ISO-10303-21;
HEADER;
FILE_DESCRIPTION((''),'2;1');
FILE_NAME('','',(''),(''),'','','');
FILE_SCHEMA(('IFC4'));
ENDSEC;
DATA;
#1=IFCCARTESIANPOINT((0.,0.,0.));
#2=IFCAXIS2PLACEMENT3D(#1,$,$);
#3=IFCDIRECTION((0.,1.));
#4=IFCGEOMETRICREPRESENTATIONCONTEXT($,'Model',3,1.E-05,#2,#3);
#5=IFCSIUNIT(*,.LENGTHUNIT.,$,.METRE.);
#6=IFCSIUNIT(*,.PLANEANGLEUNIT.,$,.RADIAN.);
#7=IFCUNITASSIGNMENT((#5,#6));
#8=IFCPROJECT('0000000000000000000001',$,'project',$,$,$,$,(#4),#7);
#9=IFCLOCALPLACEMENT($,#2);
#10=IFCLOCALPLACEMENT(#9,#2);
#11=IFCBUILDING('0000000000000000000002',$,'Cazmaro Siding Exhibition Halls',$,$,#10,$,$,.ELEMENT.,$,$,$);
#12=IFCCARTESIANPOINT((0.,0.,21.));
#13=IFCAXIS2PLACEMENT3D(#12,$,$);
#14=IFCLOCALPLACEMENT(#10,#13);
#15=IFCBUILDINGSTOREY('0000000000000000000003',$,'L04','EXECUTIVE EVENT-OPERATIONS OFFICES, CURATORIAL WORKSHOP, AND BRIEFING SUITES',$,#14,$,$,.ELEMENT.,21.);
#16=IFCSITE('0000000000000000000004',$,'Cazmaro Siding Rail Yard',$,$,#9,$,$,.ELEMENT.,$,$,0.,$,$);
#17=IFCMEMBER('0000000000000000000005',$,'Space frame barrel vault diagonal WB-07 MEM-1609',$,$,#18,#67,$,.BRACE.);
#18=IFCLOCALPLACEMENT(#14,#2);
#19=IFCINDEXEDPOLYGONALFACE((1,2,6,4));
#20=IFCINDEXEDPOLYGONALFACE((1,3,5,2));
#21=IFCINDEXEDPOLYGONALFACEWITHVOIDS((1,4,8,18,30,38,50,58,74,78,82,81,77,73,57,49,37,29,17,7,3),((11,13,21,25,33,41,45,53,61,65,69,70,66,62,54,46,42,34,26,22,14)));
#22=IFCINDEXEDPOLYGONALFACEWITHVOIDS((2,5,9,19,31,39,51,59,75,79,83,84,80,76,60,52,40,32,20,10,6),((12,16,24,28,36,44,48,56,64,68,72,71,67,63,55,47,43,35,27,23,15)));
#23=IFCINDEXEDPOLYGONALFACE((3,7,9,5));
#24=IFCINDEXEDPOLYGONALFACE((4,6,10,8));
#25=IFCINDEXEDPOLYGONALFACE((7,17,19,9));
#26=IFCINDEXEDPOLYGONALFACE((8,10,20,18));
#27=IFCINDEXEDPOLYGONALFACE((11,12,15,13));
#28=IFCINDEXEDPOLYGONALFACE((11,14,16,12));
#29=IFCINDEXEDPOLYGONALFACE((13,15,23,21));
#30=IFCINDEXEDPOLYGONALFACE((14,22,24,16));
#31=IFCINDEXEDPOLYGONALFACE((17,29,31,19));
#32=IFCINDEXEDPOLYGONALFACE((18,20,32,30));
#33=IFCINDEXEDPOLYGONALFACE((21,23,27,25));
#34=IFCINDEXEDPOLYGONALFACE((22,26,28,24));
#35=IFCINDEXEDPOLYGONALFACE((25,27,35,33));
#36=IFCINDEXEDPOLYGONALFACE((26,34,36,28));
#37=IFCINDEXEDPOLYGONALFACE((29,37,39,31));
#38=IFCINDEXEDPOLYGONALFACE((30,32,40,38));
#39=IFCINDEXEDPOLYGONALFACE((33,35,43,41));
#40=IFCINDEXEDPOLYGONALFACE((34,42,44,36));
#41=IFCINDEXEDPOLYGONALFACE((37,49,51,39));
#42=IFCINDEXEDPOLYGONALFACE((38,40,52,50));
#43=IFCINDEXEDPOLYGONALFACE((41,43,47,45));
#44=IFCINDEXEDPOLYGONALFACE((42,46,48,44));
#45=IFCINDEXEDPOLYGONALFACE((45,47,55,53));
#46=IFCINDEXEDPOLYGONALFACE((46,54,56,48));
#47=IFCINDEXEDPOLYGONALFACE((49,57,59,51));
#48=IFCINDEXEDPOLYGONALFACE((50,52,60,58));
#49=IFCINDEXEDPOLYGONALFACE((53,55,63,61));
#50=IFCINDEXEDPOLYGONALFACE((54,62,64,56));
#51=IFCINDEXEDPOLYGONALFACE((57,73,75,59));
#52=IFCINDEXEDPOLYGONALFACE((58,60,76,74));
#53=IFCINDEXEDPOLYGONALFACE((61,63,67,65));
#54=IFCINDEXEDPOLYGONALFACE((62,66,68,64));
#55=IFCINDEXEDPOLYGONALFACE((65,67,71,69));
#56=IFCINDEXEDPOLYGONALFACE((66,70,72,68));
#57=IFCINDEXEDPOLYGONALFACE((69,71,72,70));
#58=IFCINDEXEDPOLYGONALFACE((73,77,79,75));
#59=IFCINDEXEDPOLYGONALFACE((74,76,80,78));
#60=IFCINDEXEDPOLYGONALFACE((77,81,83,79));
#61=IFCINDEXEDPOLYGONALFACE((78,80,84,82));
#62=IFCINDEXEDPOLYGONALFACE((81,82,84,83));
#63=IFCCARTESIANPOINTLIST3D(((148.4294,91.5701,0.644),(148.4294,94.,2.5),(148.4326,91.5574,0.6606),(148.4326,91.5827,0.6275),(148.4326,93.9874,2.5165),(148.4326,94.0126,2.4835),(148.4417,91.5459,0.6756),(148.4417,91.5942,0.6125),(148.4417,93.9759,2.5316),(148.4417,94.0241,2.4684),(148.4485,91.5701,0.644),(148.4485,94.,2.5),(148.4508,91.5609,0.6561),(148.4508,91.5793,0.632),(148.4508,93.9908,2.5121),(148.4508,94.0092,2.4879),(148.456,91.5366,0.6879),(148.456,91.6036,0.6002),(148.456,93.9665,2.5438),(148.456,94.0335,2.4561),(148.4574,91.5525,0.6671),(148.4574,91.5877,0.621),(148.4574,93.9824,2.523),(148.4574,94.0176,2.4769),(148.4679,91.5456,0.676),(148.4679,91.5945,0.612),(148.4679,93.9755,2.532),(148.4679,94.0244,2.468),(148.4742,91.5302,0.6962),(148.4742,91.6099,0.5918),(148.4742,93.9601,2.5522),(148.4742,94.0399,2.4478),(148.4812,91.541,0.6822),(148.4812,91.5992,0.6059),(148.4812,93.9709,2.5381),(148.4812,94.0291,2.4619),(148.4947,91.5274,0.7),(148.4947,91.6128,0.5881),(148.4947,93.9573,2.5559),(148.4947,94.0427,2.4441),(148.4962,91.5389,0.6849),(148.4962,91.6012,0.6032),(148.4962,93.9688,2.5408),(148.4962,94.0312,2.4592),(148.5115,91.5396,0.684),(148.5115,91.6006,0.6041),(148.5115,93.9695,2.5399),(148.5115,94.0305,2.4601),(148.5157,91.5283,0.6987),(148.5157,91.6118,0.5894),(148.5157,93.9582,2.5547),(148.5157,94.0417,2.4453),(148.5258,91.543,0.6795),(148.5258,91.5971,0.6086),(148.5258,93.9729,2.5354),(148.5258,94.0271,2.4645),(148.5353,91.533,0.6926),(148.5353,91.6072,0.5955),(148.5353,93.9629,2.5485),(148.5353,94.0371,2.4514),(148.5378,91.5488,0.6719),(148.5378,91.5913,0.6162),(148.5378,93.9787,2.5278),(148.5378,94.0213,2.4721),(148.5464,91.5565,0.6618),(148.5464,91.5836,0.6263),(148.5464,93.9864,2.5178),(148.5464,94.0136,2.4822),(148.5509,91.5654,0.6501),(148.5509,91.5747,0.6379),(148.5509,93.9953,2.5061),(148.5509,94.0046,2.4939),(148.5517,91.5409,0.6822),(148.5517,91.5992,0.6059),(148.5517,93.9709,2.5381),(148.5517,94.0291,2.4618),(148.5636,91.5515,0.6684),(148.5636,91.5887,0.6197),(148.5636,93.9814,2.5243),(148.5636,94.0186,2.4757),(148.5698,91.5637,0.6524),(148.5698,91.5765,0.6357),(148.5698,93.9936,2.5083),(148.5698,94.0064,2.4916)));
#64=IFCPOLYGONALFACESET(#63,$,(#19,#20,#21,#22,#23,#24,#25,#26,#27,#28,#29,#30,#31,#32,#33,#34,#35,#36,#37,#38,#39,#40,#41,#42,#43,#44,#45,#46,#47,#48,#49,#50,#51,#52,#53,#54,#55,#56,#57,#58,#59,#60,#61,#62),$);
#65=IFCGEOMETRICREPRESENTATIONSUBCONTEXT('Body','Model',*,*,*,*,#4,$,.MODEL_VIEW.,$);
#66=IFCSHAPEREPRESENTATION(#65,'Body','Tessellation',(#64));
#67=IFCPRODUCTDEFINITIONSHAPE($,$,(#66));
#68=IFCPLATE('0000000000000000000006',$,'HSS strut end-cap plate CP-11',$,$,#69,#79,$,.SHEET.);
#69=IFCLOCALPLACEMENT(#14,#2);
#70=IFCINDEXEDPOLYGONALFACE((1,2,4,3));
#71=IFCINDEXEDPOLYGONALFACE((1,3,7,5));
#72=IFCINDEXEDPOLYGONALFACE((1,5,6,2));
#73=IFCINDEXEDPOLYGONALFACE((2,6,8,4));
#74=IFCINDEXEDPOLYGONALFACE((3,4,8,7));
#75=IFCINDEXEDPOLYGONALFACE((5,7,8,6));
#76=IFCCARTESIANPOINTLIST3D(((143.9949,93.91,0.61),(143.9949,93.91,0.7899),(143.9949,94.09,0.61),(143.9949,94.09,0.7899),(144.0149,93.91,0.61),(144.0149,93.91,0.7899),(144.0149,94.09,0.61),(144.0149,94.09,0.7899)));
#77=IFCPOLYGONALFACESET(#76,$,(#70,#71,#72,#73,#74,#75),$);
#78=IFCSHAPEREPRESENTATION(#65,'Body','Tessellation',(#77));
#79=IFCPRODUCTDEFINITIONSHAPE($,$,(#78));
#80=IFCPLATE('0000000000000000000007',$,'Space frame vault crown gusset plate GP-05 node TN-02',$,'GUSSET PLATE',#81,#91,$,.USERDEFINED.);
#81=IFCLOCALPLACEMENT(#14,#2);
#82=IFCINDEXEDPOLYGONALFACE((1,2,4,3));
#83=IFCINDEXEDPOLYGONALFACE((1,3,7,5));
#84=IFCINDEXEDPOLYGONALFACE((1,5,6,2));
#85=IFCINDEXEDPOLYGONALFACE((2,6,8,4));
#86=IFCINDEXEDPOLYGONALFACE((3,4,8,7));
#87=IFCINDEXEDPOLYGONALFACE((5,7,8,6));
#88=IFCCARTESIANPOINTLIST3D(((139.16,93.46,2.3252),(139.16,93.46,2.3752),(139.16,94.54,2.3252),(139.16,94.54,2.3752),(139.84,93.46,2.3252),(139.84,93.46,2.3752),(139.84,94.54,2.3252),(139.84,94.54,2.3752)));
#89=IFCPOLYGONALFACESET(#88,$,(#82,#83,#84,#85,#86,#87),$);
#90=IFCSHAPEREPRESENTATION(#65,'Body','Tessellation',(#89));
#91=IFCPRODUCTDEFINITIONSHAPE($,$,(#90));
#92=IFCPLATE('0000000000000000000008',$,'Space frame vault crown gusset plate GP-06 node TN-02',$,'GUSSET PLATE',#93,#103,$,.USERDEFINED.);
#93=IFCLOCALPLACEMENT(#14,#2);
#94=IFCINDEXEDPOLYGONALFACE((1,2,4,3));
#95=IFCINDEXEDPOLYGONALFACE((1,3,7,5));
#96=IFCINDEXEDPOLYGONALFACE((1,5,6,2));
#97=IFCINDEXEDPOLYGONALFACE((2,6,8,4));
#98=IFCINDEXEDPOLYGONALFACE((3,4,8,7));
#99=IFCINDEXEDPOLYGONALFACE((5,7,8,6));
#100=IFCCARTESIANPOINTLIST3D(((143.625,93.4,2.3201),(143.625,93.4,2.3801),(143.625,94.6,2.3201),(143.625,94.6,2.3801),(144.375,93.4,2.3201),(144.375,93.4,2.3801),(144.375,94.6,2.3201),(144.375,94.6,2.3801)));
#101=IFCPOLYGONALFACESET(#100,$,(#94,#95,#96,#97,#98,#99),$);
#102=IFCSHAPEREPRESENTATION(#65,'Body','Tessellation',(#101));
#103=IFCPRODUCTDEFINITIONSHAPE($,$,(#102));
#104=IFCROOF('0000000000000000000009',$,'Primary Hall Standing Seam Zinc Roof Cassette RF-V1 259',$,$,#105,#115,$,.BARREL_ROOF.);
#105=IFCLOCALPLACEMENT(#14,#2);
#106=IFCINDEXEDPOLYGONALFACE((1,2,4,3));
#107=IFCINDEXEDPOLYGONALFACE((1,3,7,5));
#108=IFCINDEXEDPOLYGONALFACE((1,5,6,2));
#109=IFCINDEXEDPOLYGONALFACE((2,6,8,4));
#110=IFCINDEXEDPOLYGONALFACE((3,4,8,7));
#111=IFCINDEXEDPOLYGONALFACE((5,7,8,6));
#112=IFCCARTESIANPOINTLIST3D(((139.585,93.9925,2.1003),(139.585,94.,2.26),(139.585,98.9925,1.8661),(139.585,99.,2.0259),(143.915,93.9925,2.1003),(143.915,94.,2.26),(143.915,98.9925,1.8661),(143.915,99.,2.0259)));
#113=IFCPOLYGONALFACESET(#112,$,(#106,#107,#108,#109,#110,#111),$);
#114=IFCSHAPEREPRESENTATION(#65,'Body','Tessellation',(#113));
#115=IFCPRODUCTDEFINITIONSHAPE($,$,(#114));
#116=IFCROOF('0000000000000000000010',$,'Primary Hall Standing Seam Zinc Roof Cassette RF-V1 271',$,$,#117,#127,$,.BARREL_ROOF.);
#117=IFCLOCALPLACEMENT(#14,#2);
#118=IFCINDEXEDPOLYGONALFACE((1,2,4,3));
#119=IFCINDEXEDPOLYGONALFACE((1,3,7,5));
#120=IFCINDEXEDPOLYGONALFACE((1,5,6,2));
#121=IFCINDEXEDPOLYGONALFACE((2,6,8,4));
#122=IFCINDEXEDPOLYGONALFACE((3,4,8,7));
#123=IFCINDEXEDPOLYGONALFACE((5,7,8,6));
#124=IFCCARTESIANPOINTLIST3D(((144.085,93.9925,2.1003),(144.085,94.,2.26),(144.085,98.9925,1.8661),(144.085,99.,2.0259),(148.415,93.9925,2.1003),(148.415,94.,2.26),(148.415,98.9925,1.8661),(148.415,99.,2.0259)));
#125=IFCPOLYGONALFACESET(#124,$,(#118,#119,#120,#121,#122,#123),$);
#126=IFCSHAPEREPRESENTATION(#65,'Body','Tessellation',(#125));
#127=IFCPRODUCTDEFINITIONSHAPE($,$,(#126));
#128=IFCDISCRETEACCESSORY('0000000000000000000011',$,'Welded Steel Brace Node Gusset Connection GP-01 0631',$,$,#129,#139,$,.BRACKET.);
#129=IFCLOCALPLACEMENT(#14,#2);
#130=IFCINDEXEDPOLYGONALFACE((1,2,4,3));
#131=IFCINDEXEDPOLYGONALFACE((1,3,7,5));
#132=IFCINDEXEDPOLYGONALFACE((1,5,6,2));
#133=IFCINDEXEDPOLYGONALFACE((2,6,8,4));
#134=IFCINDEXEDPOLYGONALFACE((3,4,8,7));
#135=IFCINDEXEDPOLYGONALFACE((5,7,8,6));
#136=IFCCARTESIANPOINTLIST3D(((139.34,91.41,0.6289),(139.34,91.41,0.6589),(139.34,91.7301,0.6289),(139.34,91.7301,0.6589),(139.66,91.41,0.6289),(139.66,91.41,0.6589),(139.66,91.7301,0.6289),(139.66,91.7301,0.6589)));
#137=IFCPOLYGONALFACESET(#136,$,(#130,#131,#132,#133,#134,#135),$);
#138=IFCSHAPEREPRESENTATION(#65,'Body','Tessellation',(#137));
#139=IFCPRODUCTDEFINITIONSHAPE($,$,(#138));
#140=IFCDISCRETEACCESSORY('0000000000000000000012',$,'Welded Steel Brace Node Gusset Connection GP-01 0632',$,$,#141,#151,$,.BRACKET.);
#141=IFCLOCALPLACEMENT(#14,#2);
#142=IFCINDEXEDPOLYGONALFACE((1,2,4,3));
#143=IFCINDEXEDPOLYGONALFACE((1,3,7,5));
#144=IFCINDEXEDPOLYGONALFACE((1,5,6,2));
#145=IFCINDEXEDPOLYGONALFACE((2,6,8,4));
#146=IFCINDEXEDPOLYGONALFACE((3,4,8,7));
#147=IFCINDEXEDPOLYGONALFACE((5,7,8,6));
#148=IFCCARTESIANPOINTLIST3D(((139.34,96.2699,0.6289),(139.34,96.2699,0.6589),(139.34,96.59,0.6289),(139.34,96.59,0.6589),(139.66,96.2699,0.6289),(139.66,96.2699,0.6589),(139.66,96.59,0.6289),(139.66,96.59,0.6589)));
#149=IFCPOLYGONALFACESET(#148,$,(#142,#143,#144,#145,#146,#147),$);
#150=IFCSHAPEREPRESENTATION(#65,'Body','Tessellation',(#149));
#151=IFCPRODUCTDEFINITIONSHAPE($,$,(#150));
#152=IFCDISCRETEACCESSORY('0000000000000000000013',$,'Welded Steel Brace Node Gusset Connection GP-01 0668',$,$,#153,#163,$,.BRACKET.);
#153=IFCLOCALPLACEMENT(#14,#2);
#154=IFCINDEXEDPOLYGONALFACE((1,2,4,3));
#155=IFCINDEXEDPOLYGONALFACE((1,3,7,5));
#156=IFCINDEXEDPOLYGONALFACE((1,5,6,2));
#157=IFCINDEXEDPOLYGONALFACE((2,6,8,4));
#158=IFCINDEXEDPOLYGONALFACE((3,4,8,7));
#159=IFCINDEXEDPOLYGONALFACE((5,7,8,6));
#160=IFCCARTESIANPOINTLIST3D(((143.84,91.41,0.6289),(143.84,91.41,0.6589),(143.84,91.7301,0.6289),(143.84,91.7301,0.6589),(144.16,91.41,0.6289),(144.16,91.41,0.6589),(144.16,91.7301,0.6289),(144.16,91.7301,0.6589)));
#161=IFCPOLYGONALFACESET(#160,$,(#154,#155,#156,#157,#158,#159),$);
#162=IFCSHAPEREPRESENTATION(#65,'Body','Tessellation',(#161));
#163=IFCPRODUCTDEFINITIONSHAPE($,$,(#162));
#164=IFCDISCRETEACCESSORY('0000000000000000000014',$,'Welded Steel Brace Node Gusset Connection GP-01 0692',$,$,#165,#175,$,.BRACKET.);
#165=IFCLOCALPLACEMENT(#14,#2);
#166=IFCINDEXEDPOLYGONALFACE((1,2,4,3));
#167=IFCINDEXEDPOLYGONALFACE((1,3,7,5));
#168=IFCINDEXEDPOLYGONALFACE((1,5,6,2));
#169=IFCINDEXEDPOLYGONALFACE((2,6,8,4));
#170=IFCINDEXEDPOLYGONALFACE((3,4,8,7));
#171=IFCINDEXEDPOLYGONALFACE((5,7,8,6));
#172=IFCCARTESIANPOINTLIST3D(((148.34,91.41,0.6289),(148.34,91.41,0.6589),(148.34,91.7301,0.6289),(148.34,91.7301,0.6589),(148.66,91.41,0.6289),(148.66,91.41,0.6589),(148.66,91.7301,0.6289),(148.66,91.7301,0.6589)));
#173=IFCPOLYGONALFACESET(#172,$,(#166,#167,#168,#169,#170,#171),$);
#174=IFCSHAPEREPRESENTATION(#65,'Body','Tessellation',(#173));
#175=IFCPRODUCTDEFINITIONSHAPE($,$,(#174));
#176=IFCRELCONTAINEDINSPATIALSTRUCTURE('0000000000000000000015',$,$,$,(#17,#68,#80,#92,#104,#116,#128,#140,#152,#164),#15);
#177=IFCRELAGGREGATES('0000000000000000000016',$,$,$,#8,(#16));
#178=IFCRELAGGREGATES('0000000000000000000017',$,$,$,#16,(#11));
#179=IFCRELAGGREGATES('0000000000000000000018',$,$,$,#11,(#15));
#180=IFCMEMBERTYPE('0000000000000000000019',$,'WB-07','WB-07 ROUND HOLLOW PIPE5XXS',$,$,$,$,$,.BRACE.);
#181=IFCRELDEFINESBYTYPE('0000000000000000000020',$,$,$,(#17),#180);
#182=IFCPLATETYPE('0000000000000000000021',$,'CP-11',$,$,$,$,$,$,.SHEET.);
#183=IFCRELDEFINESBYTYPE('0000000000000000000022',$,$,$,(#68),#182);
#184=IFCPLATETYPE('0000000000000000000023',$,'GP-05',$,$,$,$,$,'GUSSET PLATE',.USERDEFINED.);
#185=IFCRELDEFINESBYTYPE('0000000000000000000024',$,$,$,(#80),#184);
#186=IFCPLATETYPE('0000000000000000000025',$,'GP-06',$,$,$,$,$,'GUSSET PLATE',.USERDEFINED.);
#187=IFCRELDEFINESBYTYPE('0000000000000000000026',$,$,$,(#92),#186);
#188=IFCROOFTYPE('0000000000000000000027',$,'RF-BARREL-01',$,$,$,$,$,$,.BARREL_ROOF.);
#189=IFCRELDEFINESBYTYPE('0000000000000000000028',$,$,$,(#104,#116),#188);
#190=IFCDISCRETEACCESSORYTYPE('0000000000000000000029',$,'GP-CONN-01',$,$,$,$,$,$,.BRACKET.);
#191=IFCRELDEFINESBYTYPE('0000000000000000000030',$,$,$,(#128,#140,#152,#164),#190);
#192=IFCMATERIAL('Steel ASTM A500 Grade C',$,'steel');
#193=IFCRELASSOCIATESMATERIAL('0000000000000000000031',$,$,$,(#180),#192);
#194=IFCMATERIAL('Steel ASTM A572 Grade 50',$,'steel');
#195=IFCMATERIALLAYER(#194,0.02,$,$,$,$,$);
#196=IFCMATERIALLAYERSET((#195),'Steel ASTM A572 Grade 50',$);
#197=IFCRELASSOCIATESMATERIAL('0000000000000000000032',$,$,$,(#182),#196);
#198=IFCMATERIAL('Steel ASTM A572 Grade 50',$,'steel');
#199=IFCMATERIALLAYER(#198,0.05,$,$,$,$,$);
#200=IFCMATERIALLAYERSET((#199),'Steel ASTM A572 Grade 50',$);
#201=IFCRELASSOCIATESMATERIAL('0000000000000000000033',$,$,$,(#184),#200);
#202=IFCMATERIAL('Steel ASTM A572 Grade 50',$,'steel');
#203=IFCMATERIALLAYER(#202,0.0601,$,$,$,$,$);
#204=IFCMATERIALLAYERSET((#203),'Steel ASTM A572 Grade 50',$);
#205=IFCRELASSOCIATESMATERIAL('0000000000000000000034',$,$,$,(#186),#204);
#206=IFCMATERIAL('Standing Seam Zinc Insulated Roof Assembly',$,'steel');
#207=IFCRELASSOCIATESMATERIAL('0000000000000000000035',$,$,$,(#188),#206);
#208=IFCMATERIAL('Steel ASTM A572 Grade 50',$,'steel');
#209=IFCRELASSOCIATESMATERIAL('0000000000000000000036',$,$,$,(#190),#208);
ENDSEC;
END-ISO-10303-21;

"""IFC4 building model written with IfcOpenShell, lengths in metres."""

from ifc_helpers import new_model, si_unit, direction, frame, origin, origin_2d, place, context, subcontext, project, spatial, polyline, rectangle, hollow_circle, outline, extrude, material, layer, layer_set, material_profile, profile_set, type_object, element, save


model = new_model("IFC4")

# Units and contexts
model_context = context("Model", 3, precision=1e-05, world=origin(), true_north=direction((0.0, 1.0)))
body_context = subcontext(model_context, "Body", "Model", "MODEL_VIEW")
ifc_project = project(units=[si_unit("LENGTHUNIT", "METRE"), si_unit("PLANEANGLEUNIT", "RADIAN")], contexts=[model_context])

# Site, building, storey
site_placement = place(None, origin())
site = spatial("IfcSite", under=ifc_project, at=site_placement, Name="Cazmaro Siding Rail Yard", CompositionType="ELEMENT", RefElevation=0.0)
building_placement = place(site_placement, origin())
building = spatial("IfcBuilding", under=site, at=building_placement, Name="Cazmaro Siding Exhibition Halls", CompositionType="ELEMENT")
storey_placement = place(building_placement, frame((0.0, 0.0, 21.0)))
storey = spatial("IfcBuildingStorey", under=building, at=storey_placement, Name="L04", Description="EXECUTIVE EVENT-OPERATIONS OFFICES, CURATORIAL WORKSHOP, AND BRIEFING SUITES", CompositionType="ELEMENT", Elevation=21.0)

# Member
ifc_material_1 = material(Name="Steel ASTM A500 Grade C", Category="steel")
ifc_material_profile_1 = material_profile(ifc_material_1, hollow_circle(Radius=0.0706, WallThickness=0.019, at=origin_2d()), Name="PIPE5XXS")
ifc_profile_set_1 = profile_set([ifc_material_profile_1], Name="Steel ASTM A500 Grade C")
member_type_1 = type_object("IfcMemberType", Name="WB-07", Description="WB-07 ROUND HOLLOW PIPE5XXS", PredefinedType="BRACE", material=ifc_profile_set_1)
for number, where, z_axis, x_axis, name in (
    (1, (148.5, 91.5701, 0.644), (0.0, 0.794709, 0.606991), (-1.0, 0.0, 0.0), "Space frame barrel vault diagonal WB-07 MEM-1609"),
):
    element("IfcMember", number, at=place(storey_placement, frame(where, z_axis=z_axis, x_axis=x_axis)), inside=storey, type_object=member_type_1, Name=name, PredefinedType="BRACE", context=body_context, shape_type="SweptSolid", body=[
        extrude(hollow_circle(Radius=0.0706, WallThickness=0.019, at=origin_2d()), origin(), (0.0, 0.0, 1.0), 3.0576),
    ])

# Plates
ifc_material_2 = material(Name="Steel ASTM A572 Grade 50", Category="steel")
ifc_layer_1 = layer(ifc_material_2, 0.02)
ifc_layer_set_1 = layer_set([ifc_layer_1], Name="Steel ASTM A572 Grade 50")
plate_type_1 = type_object("IfcPlateType", Name="CP-11", PredefinedType="SHEET", material=ifc_layer_set_1)
plate_1_placement = place(storey_placement, frame((143.9949, 94.0, 0.7), z_axis=(1.0, 0.0, 0.0), x_axis=(0.0, 1.0, 0.0)))
element("IfcPlate", 2, at=plate_1_placement, inside=storey, type_object=plate_type_1, Name="HSS strut end-cap plate CP-11", PredefinedType="SHEET", context=body_context, shape_type="SweptSolid", body=[
    extrude(rectangle(XDim=0.1799, YDim=0.1799, at=origin_2d()), origin(), (0.0, 0.0, 1.0), 0.02),
])
ifc_material_3 = material(Name="Steel ASTM A572 Grade 50", Category="steel")
ifc_layer_2 = layer(ifc_material_3, 0.05)
ifc_layer_set_2 = layer_set([ifc_layer_2], Name="Steel ASTM A572 Grade 50")
plate_type_2 = type_object("IfcPlateType", Name="GP-05", ElementType="GUSSET PLATE", PredefinedType="USERDEFINED", material=ifc_layer_set_2)
plate_2_placement = place(storey_placement, frame((139.5, 94.0, 2.3252), z_axis=(0.0, 0.0, 1.0), x_axis=(0.0, 1.0, 0.0)))
element("IfcPlate", 3, at=plate_2_placement, inside=storey, type_object=plate_type_2, Name="Space frame vault crown gusset plate GP-05 node TN-02", ObjectType="GUSSET PLATE", PredefinedType="USERDEFINED", context=body_context, shape_type="SweptSolid", body=[
    extrude(rectangle(XDim=1.0801, YDim=0.6799, at=origin_2d()), origin(), (0.0, 0.0, 1.0), 0.05),
])
ifc_material_4 = material(Name="Steel ASTM A572 Grade 50", Category="steel")
ifc_layer_3 = layer(ifc_material_4, 0.0601)
ifc_layer_set_3 = layer_set([ifc_layer_3], Name="Steel ASTM A572 Grade 50")
plate_type_3 = type_object("IfcPlateType", Name="GP-06", ElementType="GUSSET PLATE", PredefinedType="USERDEFINED", material=ifc_layer_set_3)
plate_3_placement = place(storey_placement, frame((144.0, 94.0, 2.3201), z_axis=(0.0, 0.0, 1.0), x_axis=(0.0, 1.0, 0.0)))
element("IfcPlate", 4, at=plate_3_placement, inside=storey, type_object=plate_type_3, Name="Space frame vault crown gusset plate GP-06 node TN-02", ObjectType="GUSSET PLATE", PredefinedType="USERDEFINED", context=body_context, shape_type="SweptSolid", body=[
    extrude(rectangle(XDim=1.2, YDim=0.75, at=origin_2d()), origin(), (0.0, 0.0, 1.0), 0.0601),
])

# Roofs
ifc_material_5 = material(Name="Standing Seam Zinc Insulated Roof Assembly", Category="steel")
roof_type = type_object("IfcRoofType", Name="RF-BARREL-01", PredefinedType="BARREL_ROOF", material=ifc_material_5)
for number, where, z_axis, x_axis, name in (
    (5, (139.585, 94.0, 2.26), (0.0, 0.046775, 0.998905), (1.0, 0.0, 0.0), "Primary Hall Standing Seam Zinc Roof Cassette RF-V1 259"),
    (6, (144.085, 94.0, 2.26), (0.0, 0.046775, 0.998905), (1.0, 0.0, 0.0), "Primary Hall Standing Seam Zinc Roof Cassette RF-V1 271"),
):
    element("IfcRoof", number, at=place(storey_placement, frame(where, z_axis=z_axis, x_axis=x_axis)), inside=storey, type_object=roof_type, Name=name, PredefinedType="BARREL_ROOF", context=body_context, shape_type="SweptSolid", body=[
        extrude(outline(polyline([(0.0, 0.0), (4.3301, 0.0), (4.3301, 5.0055), (0.0, 5.0055), (0.0, 0.0)])), origin(), (0.0, 0.0, -1.0), 0.1599),
    ])

# Discrete accessories
ifc_material_6 = material(Name="Steel ASTM A572 Grade 50", Category="steel")
discrete_accessory_type = type_object("IfcDiscreteAccessoryType", Name="GP-CONN-01", PredefinedType="BRACKET", material=ifc_material_6)
for number, where, z_axis, x_axis, name in (
    (7, (139.5, 91.5701, 0.6289), (0.0, 0.0, 1.0), (1.0, 0.0, 0.0), "Welded Steel Brace Node Gusset Connection GP-01 0631"),
    (8, (139.5, 96.4299, 0.6289), (0.0, 0.0, 1.0), (1.0, 0.0, 0.0), "Welded Steel Brace Node Gusset Connection GP-01 0632"),
    (9, (144.0, 91.5701, 0.6289), (0.0, 0.0, 1.0), (1.0, 0.0, 0.0), "Welded Steel Brace Node Gusset Connection GP-01 0668"),
    (10, (148.5, 91.5701, 0.6289), (0.0, 0.0, 1.0), (1.0, 0.0, 0.0), "Welded Steel Brace Node Gusset Connection GP-01 0692"),
):
    element("IfcDiscreteAccessory", number, at=place(storey_placement, frame(where, z_axis=z_axis, x_axis=x_axis)), inside=storey, type_object=discrete_accessory_type, Name=name, PredefinedType="BRACKET", context=body_context, shape_type="SweptSolid", body=[
        extrude(rectangle(XDim=0.3201, YDim=0.3201, at=origin_2d()), origin(), (0.0, 0.0, 1.0), 0.03),
    ])

save(model, "model.ifc")
